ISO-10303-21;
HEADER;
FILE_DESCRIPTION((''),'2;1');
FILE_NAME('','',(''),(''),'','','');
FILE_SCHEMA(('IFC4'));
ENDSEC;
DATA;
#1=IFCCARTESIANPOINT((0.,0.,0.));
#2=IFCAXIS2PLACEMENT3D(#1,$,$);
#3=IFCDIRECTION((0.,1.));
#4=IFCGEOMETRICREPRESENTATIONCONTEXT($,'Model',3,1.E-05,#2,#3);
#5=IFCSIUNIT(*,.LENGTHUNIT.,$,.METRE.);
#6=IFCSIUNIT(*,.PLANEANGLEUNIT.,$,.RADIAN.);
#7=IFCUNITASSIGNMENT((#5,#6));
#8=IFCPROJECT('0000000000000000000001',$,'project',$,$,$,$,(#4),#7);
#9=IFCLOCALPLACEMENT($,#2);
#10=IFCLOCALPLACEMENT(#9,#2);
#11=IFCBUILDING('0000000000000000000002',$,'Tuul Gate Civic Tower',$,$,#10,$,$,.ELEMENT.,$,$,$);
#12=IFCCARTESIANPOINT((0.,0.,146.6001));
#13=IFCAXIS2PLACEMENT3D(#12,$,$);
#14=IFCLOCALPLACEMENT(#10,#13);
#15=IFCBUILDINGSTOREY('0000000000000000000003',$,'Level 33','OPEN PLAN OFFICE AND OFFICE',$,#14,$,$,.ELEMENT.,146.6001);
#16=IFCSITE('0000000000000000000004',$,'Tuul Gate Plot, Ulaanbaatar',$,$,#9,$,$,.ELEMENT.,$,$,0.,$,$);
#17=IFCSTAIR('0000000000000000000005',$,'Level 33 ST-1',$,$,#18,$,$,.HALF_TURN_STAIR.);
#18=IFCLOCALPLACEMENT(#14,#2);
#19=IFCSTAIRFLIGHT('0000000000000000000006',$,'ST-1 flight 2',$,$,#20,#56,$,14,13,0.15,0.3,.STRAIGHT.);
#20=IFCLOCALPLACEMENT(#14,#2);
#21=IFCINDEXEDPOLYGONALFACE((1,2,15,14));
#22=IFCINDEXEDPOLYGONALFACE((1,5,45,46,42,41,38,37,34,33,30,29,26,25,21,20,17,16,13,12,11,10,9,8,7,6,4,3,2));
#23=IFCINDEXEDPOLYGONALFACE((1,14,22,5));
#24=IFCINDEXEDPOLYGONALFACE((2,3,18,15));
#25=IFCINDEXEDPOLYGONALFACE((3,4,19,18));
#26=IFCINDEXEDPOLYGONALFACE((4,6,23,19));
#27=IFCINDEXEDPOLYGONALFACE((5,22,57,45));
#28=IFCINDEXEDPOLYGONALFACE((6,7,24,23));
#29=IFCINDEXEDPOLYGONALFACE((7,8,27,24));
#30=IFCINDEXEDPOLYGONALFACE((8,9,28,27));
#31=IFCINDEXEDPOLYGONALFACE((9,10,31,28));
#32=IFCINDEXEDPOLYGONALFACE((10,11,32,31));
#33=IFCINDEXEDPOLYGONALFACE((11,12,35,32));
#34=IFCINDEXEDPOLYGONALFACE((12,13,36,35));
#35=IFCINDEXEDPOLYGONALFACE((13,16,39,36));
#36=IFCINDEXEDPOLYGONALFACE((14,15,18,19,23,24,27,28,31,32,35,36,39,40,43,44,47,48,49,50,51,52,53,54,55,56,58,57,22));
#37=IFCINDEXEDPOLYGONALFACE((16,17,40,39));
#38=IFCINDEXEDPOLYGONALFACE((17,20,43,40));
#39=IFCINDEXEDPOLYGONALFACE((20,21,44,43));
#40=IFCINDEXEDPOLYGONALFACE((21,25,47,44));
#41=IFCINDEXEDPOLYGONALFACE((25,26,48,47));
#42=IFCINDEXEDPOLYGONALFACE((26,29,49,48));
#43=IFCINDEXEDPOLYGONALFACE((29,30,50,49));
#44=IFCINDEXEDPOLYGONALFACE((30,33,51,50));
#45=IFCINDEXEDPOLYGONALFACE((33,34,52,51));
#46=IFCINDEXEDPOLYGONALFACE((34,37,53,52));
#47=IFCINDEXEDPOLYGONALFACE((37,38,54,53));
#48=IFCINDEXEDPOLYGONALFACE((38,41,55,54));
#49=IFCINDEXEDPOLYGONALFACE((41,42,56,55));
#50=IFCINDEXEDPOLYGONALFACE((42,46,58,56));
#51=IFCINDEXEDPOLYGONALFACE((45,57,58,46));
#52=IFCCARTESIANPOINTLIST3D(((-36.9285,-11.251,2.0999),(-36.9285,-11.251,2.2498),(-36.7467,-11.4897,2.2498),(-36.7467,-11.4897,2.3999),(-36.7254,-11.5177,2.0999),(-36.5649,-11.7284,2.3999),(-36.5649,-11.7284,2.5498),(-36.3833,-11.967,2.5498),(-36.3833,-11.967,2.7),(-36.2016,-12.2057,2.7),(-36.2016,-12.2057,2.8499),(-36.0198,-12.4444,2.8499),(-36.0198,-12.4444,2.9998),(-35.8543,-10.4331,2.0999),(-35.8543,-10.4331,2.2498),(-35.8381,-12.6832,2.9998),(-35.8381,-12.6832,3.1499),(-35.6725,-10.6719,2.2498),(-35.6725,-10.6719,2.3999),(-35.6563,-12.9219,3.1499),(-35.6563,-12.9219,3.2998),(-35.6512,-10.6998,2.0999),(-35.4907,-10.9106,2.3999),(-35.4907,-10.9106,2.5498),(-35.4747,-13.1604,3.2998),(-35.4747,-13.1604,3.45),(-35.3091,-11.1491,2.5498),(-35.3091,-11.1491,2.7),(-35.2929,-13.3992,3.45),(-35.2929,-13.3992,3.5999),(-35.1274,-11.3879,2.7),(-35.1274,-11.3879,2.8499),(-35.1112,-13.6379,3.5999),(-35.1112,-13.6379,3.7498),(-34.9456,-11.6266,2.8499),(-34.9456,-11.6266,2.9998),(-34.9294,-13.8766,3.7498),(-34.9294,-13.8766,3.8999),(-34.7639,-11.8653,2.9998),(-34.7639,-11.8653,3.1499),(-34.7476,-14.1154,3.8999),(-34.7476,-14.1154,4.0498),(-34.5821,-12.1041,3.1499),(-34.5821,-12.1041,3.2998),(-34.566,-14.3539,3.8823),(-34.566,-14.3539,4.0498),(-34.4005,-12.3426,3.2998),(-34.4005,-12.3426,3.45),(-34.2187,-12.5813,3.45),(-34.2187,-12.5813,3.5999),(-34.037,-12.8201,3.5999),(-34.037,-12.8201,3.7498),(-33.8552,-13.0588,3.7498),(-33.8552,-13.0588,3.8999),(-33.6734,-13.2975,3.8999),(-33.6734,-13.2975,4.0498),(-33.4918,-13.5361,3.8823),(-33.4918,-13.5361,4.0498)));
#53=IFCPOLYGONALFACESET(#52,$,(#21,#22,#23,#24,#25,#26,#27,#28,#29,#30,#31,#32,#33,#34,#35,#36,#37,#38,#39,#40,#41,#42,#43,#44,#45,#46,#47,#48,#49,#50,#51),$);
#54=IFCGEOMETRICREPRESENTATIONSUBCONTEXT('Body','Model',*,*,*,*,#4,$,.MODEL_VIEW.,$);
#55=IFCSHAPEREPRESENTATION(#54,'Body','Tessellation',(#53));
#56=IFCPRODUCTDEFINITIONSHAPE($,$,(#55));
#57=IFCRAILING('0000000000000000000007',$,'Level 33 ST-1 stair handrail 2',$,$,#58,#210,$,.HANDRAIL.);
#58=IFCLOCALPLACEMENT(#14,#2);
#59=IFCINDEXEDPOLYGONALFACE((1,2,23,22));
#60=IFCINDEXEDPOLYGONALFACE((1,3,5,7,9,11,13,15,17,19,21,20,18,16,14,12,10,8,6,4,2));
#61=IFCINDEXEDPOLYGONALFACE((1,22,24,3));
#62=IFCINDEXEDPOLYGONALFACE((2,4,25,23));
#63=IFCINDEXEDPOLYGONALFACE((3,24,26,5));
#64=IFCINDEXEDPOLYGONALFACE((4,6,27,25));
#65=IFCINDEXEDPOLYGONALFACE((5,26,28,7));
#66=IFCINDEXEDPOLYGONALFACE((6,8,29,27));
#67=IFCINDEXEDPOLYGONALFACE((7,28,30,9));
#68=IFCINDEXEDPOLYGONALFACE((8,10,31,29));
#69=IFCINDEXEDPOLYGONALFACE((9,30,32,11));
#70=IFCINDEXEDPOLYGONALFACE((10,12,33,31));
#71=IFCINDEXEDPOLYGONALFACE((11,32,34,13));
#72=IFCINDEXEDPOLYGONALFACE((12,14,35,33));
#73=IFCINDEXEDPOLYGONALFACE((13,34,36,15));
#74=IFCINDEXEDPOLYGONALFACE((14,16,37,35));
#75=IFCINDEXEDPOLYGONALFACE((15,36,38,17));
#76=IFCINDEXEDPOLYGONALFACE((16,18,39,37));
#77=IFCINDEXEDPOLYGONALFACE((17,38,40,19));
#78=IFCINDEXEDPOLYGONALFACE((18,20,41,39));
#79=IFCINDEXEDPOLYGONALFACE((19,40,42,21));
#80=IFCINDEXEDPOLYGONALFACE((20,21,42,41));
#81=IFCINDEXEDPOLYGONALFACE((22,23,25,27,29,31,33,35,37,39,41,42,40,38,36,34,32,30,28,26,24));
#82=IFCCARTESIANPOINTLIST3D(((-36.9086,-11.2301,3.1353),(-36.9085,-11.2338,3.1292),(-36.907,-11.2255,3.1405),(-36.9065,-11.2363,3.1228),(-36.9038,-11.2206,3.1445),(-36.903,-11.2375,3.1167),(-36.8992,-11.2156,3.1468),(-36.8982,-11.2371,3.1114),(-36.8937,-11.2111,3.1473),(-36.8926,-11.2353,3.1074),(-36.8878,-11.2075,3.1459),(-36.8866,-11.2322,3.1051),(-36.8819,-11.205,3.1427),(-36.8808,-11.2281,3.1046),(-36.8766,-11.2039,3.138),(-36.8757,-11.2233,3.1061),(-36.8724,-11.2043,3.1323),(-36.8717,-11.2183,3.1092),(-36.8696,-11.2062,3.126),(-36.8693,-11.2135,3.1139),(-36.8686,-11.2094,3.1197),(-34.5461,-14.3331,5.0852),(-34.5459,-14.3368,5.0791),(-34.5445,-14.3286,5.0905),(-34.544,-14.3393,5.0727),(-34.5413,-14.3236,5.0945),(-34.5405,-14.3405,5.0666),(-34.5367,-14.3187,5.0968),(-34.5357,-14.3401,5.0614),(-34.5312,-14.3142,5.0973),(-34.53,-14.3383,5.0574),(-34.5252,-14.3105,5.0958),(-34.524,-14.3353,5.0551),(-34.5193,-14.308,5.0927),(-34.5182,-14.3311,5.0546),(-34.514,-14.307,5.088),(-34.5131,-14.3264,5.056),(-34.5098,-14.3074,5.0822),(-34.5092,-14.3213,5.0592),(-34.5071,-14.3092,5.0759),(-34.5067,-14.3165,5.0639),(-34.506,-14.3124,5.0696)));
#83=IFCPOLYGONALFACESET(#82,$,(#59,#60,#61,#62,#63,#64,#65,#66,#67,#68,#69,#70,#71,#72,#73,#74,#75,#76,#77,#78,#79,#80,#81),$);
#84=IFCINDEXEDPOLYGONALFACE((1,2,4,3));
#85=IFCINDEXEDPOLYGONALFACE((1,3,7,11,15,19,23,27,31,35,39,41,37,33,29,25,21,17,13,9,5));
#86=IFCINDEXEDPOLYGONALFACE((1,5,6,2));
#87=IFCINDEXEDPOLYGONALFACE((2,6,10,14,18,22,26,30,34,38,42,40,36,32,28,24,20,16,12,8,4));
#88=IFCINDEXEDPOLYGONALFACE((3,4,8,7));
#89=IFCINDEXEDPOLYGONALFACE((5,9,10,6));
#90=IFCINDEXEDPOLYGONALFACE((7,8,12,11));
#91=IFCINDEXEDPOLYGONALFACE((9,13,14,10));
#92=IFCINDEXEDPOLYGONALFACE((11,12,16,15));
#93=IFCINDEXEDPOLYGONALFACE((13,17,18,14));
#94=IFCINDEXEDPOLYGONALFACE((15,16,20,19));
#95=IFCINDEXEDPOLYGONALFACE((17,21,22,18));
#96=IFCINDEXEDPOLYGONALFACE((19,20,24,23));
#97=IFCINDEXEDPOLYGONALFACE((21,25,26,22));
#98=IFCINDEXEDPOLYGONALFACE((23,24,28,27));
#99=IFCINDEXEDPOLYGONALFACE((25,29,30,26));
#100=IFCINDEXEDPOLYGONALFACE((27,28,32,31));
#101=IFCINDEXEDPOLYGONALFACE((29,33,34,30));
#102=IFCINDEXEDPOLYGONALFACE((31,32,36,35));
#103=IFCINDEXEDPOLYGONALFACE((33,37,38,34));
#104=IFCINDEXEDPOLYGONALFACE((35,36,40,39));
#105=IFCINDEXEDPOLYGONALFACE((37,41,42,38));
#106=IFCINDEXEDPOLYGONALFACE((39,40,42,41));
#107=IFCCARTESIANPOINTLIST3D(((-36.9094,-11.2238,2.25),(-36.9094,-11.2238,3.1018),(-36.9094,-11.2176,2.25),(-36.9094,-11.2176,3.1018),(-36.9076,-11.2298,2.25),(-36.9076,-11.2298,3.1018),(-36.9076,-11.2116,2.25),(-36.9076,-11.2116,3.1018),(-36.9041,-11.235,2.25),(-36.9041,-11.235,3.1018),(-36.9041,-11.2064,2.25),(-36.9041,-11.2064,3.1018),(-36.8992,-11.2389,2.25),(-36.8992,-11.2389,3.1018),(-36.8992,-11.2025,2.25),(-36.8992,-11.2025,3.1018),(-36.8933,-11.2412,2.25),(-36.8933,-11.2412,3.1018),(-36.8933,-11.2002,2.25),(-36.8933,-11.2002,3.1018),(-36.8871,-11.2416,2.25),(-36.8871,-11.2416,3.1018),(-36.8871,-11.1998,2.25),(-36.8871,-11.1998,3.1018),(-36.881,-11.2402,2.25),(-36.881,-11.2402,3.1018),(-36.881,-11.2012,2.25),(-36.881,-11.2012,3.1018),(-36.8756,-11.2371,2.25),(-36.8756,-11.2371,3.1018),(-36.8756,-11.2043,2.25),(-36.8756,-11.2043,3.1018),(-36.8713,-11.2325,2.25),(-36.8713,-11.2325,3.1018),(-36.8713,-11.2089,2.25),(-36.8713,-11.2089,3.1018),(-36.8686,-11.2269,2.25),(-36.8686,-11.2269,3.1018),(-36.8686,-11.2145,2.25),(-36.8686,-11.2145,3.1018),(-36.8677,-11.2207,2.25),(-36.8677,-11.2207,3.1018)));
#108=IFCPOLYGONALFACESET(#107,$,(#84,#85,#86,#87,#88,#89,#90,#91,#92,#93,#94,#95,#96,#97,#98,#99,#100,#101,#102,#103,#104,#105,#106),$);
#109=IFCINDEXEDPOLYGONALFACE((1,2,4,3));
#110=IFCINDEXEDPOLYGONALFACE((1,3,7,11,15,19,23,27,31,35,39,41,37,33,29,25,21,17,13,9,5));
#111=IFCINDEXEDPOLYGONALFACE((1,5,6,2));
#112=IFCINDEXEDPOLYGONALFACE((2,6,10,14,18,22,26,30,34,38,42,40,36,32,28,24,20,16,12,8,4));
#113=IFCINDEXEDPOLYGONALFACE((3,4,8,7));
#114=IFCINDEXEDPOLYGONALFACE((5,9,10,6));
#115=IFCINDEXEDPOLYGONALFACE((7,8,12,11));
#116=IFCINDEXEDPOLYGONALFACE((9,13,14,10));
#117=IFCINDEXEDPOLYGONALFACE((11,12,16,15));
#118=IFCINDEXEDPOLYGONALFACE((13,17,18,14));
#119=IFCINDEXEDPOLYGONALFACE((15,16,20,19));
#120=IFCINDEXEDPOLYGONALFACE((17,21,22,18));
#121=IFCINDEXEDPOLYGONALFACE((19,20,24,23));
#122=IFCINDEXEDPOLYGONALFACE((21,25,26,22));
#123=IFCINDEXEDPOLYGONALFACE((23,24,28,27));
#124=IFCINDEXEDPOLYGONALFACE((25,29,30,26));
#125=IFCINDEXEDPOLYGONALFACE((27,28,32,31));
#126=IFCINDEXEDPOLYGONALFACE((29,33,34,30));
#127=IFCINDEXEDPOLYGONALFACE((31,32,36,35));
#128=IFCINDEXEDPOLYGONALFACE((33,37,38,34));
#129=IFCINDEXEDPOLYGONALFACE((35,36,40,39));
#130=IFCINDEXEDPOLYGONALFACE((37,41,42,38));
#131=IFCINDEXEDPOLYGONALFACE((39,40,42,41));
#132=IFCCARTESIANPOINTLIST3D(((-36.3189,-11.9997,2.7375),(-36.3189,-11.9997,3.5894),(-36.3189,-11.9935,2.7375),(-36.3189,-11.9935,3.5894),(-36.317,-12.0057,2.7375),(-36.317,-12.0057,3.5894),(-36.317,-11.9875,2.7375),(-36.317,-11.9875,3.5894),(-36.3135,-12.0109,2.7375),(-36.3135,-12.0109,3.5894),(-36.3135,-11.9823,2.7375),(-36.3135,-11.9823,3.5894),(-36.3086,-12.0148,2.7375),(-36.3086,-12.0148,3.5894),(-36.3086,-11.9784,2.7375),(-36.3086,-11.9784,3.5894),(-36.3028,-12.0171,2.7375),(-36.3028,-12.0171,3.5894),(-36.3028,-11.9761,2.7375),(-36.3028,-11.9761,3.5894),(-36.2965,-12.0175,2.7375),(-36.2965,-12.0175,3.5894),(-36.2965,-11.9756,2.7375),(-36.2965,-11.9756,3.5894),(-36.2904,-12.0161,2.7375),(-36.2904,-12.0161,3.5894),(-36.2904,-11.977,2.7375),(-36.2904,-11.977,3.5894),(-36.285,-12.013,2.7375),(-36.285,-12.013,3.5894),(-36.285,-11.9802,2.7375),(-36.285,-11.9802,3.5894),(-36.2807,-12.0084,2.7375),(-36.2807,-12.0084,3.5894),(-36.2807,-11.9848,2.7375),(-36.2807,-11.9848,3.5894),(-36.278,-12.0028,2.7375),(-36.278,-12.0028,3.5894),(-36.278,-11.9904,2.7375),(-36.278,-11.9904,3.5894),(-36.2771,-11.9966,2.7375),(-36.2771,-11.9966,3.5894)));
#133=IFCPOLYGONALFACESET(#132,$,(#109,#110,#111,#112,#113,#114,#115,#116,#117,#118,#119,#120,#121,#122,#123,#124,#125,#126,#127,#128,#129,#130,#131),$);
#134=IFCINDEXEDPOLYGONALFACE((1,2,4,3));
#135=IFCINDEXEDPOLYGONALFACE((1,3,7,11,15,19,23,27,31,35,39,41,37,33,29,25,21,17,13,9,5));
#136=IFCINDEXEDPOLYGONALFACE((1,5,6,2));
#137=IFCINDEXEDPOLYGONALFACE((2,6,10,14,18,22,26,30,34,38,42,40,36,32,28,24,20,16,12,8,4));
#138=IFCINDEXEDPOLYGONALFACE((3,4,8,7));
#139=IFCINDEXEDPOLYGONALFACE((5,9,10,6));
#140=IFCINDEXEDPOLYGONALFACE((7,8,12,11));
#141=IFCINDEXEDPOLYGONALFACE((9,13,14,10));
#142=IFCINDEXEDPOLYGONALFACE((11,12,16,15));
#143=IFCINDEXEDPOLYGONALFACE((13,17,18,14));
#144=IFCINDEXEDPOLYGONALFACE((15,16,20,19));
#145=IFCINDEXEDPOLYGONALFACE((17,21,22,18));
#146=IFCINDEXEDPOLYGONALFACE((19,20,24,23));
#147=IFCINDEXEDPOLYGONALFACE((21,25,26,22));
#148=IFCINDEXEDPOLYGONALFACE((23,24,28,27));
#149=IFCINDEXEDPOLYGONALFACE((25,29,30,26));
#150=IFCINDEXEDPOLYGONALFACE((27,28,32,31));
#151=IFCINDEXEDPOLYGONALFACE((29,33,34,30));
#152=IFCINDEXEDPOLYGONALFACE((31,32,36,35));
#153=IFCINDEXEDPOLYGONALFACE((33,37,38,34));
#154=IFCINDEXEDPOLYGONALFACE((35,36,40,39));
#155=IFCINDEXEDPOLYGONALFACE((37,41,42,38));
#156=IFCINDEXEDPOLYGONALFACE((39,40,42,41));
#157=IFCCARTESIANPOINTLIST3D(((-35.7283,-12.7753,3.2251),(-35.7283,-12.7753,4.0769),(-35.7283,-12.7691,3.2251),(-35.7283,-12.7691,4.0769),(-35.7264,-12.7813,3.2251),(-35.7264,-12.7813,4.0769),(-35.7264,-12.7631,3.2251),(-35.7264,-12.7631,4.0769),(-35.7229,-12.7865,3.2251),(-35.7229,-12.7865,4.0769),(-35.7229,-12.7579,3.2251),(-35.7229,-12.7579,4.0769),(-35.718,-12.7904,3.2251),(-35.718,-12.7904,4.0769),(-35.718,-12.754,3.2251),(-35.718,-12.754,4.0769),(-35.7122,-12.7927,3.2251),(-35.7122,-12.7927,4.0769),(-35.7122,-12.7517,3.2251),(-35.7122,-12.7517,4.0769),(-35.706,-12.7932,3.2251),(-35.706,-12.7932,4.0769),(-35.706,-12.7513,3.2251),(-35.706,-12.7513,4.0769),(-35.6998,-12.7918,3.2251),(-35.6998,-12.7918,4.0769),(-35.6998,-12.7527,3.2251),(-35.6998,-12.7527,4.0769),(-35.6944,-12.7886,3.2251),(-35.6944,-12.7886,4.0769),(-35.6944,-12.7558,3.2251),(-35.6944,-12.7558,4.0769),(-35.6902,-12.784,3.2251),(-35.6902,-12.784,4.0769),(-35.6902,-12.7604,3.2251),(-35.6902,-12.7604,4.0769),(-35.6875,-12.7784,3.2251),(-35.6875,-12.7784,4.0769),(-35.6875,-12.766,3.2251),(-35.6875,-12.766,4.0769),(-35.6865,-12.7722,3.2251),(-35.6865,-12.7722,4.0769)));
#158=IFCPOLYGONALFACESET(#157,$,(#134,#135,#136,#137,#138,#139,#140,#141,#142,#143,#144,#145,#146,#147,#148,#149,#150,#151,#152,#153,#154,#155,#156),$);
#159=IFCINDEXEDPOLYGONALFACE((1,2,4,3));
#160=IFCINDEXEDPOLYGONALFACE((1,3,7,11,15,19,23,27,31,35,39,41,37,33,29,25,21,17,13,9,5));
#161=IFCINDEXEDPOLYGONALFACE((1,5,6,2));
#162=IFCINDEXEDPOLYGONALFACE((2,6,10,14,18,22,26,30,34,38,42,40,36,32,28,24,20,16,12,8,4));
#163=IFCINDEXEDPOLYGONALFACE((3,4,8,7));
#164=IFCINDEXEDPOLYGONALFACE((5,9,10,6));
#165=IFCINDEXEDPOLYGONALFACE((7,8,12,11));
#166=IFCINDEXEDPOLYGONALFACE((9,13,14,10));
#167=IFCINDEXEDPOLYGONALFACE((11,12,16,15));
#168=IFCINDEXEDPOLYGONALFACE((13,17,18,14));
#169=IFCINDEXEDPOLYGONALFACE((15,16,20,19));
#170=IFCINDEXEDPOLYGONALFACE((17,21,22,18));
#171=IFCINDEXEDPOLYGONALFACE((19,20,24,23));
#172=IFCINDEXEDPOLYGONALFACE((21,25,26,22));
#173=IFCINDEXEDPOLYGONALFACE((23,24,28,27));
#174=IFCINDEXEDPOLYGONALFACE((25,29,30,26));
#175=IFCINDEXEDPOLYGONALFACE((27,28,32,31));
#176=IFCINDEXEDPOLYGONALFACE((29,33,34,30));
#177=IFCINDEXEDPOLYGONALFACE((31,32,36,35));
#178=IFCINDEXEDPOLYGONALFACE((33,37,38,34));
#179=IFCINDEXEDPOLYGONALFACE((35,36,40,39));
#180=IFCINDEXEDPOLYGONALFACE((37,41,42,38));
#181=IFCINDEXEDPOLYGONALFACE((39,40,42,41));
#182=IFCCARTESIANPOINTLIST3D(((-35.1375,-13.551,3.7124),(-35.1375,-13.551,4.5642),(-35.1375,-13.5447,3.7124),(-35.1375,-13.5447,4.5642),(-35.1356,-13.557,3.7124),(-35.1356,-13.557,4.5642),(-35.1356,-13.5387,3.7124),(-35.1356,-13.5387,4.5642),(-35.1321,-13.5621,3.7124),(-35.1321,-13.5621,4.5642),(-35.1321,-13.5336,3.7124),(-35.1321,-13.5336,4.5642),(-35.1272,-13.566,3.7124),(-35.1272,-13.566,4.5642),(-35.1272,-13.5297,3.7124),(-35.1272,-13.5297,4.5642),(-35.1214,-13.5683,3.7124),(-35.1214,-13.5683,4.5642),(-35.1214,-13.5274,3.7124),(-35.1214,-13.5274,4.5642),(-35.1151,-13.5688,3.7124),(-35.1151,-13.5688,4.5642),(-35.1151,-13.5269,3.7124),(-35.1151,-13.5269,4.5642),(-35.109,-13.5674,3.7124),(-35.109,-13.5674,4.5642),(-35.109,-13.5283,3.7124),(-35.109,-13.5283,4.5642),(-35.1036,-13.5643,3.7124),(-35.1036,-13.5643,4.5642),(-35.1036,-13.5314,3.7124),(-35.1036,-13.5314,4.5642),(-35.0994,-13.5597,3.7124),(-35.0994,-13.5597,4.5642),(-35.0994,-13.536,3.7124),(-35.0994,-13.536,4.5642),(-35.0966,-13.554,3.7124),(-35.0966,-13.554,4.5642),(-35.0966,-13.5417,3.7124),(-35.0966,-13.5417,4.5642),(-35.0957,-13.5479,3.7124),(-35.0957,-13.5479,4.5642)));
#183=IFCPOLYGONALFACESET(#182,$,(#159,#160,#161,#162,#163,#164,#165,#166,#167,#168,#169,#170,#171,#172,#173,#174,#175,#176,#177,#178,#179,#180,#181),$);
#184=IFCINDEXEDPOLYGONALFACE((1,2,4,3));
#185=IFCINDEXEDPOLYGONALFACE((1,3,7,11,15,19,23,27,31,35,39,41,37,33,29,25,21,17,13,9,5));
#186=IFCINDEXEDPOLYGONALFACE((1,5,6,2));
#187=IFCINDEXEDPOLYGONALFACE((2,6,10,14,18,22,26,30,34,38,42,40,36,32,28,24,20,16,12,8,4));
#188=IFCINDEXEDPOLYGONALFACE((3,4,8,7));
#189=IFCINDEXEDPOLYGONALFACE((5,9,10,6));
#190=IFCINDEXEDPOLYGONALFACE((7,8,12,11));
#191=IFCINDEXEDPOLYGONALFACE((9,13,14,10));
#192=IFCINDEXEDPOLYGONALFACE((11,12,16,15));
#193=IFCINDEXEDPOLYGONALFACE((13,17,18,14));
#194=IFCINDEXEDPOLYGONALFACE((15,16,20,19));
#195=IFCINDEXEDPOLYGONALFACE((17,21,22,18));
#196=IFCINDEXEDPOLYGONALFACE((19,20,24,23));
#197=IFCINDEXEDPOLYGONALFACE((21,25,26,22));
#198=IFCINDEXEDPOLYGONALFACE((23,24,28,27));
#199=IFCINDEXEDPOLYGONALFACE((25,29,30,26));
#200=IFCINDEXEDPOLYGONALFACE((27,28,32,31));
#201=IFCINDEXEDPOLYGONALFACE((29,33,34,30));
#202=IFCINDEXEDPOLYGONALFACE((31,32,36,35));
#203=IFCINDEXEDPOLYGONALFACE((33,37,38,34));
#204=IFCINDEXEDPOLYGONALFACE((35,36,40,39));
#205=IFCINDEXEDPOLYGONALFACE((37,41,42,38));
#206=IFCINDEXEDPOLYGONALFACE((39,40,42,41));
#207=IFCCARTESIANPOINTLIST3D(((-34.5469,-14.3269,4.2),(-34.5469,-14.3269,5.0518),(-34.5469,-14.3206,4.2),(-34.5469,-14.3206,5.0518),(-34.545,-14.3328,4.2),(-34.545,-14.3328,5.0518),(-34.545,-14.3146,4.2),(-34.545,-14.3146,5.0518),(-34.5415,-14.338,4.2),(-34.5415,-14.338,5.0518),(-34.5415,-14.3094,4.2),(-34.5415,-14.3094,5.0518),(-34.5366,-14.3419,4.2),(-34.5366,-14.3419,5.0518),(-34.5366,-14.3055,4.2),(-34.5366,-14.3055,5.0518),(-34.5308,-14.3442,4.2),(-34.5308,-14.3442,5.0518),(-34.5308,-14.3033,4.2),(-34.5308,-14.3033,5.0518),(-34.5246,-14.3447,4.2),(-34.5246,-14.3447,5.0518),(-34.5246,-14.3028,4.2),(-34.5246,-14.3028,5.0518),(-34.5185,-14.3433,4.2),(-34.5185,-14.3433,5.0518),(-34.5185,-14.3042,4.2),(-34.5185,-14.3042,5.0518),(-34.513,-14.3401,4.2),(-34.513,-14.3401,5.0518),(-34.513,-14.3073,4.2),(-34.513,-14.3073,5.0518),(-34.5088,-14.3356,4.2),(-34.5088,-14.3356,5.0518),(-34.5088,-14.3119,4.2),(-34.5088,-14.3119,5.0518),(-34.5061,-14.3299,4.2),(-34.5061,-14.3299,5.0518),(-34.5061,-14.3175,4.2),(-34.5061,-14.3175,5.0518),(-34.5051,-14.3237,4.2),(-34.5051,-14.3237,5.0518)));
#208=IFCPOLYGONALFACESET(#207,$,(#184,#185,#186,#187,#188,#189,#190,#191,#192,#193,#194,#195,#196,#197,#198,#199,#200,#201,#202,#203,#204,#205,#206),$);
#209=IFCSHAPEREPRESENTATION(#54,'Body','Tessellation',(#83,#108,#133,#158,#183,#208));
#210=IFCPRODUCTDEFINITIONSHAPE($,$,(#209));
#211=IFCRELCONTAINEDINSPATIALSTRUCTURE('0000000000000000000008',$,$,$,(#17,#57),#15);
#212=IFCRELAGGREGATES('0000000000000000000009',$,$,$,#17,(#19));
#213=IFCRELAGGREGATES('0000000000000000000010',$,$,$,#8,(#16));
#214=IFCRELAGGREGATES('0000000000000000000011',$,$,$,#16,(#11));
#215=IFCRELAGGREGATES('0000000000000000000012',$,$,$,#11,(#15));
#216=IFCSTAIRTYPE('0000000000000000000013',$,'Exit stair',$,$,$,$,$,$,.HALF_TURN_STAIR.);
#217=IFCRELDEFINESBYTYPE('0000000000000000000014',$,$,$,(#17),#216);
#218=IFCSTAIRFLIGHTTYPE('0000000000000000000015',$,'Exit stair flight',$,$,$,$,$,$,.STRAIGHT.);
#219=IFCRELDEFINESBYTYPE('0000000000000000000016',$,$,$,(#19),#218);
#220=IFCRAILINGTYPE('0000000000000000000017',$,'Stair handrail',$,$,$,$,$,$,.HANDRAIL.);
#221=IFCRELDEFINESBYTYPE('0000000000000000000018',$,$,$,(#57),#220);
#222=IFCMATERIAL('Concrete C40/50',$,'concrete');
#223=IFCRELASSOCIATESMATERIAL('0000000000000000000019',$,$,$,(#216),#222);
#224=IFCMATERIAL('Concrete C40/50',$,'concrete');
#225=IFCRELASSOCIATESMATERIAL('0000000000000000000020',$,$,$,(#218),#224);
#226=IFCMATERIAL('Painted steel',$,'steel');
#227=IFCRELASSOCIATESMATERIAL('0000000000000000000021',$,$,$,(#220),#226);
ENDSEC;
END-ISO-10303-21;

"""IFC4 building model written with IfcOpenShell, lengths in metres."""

from ifc_helpers import new_model, si_unit, direction, frame, origin, origin_2d, place, context, subcontext, project, spatial, polyline, circle, outline, extrude, material, type_object, element, aggregate, save


model = new_model("IFC4")

# Units and contexts
model_context = context("Model", 3, precision=1e-05, world=origin(), true_north=direction((0.0, 1.0)))
body_context = subcontext(model_context, "Body", "Model", "MODEL_VIEW")
ifc_project = project(units=[si_unit("LENGTHUNIT", "METRE"), si_unit("PLANEANGLEUNIT", "RADIAN")], contexts=[model_context])

# Site, building, storey
site_placement = place(None, origin())
site = spatial("IfcSite", under=ifc_project, at=site_placement, Name="Tuul Gate Plot, Ulaanbaatar", CompositionType="ELEMENT", RefElevation=0.0)
building_placement = place(site_placement, origin())
building = spatial("IfcBuilding", under=site, at=building_placement, Name="Tuul Gate Civic Tower", CompositionType="ELEMENT")
storey_placement = place(building_placement, frame((0.0, 0.0, 146.6001)))
storey = spatial("IfcBuildingStorey", under=building, at=storey_placement, Name="Level 33", Description="OPEN PLAN OFFICE AND OFFICE", CompositionType="ELEMENT", Elevation=146.6001)

# Stair, stair flight
ifc_material_1 = material(Name="Concrete C40/50", Category="concrete")
stair_type = type_object("IfcStairType", Name="Exit stair", PredefinedType="HALF_TURN_STAIR", material=ifc_material_1)
stair_placement = place(storey_placement, origin())
stair = element("IfcStair", 1, at=stair_placement, inside=storey, type_object=stair_type, Name="Level 33 ST-1", PredefinedType="HALF_TURN_STAIR")
ifc_material_2 = material(Name="Concrete C40/50", Category="concrete")
stair_flight_type = type_object("IfcStairFlightType", Name="Exit stair flight", PredefinedType="STRAIGHT", material=ifc_material_2)
stair_flight_placement = place(storey_placement, frame((-36.3914, -10.842, 2.0999), z_axis=(0.0, 0.0, 1.0), x_axis=(0.605764, -0.795644, 0.0)))
stair_flight = element("IfcStairFlight", 2, at=stair_flight_placement, type_object=stair_flight_type, Name="ST-1 flight 2", NumberOfRisers=14, NumberOfTreads=13, PredefinedType="STRAIGHT", RiserHeight=0.15, TreadLength=0.3, context=body_context, shape_type="SweptSolid", body=[
    extrude(outline(polyline([(0.0, 0.0), (0.0, 0.1499), (0.3, 0.1499), (0.3, 0.3), (0.6001, 0.3), (0.6001, 0.45), (0.8999, 0.45), (0.8999, 0.6001), (1.2, 0.6001), (1.2, 0.75), (1.5, 0.75), (1.5, 0.8999), (1.8, 0.8999), (1.8, 1.05), (2.1001, 1.05), (2.1001, 1.2), (2.3999, 1.2), (2.3999, 1.3501), (2.7, 1.3501), (2.7, 1.5), (3.0, 1.5), (3.0, 1.6499), (3.3, 1.6499), (3.3, 1.8), (3.6001, 1.8), (3.6001, 1.95), (3.8999, 1.95), (3.8999, 2.1001), (3.8999, 1.7825), (0.3352, 0.0), (0.0, 0.0)])), frame((0.0, 0.675, 0.0), z_axis=(0.0, -1.0, 0.0), x_axis=(1.0, 0.0, 0.0)), (0.0, 0.0, 1.0), 1.3501),
])
aggregate(stair, [stair_flight])

# Railing
ifc_material_3 = material(Name="Painted steel", Category="steel")
railing_type = type_object("IfcRailingType", Name="Stair handrail", PredefinedType="HANDRAIL", material=ifc_material_3)
railing_placement = place(storey_placement, frame((-36.8887, -11.2207, 2.25)))
element("IfcRailing", 3, at=railing_placement, inside=storey, type_object=railing_type, Name="Level 33 ST-1 stair handrail 2", PredefinedType="HANDRAIL", context=body_context, shape_type="SweptSolid", body=[
    extrude(circle(Radius=0.0239, at=origin_2d()), frame((0.0, 0.0, 0.876), z_axis=(0.541824, -0.711645, 0.4472), x_axis=(0.795637, 0.605773, 0.0)), (0.0, 0.0, 1.0), 4.3604),
    extrude(circle(Radius=0.021, at=origin_2d()), origin(), (0.0, 0.0, 1.0), 0.8518),
    extrude(circle(Radius=0.021, at=origin_2d()), frame((0.5906, -0.7759, 0.4875)), (0.0, 0.0, 1.0), 0.8518),
    extrude(circle(Radius=0.021, at=origin_2d()), frame((1.1812, -1.5515, 0.9751)), (0.0, 0.0, 1.0), 0.8518),
    extrude(circle(Radius=0.021, at=origin_2d()), frame((1.772, -2.3271, 1.4624)), (0.0, 0.0, 1.0), 0.8518),
    extrude(circle(Radius=0.021, at=origin_2d()), frame((2.3625, -3.103, 1.95)), (0.0, 0.0, 1.0), 0.8518),
])

save(model, "model.ifc")
